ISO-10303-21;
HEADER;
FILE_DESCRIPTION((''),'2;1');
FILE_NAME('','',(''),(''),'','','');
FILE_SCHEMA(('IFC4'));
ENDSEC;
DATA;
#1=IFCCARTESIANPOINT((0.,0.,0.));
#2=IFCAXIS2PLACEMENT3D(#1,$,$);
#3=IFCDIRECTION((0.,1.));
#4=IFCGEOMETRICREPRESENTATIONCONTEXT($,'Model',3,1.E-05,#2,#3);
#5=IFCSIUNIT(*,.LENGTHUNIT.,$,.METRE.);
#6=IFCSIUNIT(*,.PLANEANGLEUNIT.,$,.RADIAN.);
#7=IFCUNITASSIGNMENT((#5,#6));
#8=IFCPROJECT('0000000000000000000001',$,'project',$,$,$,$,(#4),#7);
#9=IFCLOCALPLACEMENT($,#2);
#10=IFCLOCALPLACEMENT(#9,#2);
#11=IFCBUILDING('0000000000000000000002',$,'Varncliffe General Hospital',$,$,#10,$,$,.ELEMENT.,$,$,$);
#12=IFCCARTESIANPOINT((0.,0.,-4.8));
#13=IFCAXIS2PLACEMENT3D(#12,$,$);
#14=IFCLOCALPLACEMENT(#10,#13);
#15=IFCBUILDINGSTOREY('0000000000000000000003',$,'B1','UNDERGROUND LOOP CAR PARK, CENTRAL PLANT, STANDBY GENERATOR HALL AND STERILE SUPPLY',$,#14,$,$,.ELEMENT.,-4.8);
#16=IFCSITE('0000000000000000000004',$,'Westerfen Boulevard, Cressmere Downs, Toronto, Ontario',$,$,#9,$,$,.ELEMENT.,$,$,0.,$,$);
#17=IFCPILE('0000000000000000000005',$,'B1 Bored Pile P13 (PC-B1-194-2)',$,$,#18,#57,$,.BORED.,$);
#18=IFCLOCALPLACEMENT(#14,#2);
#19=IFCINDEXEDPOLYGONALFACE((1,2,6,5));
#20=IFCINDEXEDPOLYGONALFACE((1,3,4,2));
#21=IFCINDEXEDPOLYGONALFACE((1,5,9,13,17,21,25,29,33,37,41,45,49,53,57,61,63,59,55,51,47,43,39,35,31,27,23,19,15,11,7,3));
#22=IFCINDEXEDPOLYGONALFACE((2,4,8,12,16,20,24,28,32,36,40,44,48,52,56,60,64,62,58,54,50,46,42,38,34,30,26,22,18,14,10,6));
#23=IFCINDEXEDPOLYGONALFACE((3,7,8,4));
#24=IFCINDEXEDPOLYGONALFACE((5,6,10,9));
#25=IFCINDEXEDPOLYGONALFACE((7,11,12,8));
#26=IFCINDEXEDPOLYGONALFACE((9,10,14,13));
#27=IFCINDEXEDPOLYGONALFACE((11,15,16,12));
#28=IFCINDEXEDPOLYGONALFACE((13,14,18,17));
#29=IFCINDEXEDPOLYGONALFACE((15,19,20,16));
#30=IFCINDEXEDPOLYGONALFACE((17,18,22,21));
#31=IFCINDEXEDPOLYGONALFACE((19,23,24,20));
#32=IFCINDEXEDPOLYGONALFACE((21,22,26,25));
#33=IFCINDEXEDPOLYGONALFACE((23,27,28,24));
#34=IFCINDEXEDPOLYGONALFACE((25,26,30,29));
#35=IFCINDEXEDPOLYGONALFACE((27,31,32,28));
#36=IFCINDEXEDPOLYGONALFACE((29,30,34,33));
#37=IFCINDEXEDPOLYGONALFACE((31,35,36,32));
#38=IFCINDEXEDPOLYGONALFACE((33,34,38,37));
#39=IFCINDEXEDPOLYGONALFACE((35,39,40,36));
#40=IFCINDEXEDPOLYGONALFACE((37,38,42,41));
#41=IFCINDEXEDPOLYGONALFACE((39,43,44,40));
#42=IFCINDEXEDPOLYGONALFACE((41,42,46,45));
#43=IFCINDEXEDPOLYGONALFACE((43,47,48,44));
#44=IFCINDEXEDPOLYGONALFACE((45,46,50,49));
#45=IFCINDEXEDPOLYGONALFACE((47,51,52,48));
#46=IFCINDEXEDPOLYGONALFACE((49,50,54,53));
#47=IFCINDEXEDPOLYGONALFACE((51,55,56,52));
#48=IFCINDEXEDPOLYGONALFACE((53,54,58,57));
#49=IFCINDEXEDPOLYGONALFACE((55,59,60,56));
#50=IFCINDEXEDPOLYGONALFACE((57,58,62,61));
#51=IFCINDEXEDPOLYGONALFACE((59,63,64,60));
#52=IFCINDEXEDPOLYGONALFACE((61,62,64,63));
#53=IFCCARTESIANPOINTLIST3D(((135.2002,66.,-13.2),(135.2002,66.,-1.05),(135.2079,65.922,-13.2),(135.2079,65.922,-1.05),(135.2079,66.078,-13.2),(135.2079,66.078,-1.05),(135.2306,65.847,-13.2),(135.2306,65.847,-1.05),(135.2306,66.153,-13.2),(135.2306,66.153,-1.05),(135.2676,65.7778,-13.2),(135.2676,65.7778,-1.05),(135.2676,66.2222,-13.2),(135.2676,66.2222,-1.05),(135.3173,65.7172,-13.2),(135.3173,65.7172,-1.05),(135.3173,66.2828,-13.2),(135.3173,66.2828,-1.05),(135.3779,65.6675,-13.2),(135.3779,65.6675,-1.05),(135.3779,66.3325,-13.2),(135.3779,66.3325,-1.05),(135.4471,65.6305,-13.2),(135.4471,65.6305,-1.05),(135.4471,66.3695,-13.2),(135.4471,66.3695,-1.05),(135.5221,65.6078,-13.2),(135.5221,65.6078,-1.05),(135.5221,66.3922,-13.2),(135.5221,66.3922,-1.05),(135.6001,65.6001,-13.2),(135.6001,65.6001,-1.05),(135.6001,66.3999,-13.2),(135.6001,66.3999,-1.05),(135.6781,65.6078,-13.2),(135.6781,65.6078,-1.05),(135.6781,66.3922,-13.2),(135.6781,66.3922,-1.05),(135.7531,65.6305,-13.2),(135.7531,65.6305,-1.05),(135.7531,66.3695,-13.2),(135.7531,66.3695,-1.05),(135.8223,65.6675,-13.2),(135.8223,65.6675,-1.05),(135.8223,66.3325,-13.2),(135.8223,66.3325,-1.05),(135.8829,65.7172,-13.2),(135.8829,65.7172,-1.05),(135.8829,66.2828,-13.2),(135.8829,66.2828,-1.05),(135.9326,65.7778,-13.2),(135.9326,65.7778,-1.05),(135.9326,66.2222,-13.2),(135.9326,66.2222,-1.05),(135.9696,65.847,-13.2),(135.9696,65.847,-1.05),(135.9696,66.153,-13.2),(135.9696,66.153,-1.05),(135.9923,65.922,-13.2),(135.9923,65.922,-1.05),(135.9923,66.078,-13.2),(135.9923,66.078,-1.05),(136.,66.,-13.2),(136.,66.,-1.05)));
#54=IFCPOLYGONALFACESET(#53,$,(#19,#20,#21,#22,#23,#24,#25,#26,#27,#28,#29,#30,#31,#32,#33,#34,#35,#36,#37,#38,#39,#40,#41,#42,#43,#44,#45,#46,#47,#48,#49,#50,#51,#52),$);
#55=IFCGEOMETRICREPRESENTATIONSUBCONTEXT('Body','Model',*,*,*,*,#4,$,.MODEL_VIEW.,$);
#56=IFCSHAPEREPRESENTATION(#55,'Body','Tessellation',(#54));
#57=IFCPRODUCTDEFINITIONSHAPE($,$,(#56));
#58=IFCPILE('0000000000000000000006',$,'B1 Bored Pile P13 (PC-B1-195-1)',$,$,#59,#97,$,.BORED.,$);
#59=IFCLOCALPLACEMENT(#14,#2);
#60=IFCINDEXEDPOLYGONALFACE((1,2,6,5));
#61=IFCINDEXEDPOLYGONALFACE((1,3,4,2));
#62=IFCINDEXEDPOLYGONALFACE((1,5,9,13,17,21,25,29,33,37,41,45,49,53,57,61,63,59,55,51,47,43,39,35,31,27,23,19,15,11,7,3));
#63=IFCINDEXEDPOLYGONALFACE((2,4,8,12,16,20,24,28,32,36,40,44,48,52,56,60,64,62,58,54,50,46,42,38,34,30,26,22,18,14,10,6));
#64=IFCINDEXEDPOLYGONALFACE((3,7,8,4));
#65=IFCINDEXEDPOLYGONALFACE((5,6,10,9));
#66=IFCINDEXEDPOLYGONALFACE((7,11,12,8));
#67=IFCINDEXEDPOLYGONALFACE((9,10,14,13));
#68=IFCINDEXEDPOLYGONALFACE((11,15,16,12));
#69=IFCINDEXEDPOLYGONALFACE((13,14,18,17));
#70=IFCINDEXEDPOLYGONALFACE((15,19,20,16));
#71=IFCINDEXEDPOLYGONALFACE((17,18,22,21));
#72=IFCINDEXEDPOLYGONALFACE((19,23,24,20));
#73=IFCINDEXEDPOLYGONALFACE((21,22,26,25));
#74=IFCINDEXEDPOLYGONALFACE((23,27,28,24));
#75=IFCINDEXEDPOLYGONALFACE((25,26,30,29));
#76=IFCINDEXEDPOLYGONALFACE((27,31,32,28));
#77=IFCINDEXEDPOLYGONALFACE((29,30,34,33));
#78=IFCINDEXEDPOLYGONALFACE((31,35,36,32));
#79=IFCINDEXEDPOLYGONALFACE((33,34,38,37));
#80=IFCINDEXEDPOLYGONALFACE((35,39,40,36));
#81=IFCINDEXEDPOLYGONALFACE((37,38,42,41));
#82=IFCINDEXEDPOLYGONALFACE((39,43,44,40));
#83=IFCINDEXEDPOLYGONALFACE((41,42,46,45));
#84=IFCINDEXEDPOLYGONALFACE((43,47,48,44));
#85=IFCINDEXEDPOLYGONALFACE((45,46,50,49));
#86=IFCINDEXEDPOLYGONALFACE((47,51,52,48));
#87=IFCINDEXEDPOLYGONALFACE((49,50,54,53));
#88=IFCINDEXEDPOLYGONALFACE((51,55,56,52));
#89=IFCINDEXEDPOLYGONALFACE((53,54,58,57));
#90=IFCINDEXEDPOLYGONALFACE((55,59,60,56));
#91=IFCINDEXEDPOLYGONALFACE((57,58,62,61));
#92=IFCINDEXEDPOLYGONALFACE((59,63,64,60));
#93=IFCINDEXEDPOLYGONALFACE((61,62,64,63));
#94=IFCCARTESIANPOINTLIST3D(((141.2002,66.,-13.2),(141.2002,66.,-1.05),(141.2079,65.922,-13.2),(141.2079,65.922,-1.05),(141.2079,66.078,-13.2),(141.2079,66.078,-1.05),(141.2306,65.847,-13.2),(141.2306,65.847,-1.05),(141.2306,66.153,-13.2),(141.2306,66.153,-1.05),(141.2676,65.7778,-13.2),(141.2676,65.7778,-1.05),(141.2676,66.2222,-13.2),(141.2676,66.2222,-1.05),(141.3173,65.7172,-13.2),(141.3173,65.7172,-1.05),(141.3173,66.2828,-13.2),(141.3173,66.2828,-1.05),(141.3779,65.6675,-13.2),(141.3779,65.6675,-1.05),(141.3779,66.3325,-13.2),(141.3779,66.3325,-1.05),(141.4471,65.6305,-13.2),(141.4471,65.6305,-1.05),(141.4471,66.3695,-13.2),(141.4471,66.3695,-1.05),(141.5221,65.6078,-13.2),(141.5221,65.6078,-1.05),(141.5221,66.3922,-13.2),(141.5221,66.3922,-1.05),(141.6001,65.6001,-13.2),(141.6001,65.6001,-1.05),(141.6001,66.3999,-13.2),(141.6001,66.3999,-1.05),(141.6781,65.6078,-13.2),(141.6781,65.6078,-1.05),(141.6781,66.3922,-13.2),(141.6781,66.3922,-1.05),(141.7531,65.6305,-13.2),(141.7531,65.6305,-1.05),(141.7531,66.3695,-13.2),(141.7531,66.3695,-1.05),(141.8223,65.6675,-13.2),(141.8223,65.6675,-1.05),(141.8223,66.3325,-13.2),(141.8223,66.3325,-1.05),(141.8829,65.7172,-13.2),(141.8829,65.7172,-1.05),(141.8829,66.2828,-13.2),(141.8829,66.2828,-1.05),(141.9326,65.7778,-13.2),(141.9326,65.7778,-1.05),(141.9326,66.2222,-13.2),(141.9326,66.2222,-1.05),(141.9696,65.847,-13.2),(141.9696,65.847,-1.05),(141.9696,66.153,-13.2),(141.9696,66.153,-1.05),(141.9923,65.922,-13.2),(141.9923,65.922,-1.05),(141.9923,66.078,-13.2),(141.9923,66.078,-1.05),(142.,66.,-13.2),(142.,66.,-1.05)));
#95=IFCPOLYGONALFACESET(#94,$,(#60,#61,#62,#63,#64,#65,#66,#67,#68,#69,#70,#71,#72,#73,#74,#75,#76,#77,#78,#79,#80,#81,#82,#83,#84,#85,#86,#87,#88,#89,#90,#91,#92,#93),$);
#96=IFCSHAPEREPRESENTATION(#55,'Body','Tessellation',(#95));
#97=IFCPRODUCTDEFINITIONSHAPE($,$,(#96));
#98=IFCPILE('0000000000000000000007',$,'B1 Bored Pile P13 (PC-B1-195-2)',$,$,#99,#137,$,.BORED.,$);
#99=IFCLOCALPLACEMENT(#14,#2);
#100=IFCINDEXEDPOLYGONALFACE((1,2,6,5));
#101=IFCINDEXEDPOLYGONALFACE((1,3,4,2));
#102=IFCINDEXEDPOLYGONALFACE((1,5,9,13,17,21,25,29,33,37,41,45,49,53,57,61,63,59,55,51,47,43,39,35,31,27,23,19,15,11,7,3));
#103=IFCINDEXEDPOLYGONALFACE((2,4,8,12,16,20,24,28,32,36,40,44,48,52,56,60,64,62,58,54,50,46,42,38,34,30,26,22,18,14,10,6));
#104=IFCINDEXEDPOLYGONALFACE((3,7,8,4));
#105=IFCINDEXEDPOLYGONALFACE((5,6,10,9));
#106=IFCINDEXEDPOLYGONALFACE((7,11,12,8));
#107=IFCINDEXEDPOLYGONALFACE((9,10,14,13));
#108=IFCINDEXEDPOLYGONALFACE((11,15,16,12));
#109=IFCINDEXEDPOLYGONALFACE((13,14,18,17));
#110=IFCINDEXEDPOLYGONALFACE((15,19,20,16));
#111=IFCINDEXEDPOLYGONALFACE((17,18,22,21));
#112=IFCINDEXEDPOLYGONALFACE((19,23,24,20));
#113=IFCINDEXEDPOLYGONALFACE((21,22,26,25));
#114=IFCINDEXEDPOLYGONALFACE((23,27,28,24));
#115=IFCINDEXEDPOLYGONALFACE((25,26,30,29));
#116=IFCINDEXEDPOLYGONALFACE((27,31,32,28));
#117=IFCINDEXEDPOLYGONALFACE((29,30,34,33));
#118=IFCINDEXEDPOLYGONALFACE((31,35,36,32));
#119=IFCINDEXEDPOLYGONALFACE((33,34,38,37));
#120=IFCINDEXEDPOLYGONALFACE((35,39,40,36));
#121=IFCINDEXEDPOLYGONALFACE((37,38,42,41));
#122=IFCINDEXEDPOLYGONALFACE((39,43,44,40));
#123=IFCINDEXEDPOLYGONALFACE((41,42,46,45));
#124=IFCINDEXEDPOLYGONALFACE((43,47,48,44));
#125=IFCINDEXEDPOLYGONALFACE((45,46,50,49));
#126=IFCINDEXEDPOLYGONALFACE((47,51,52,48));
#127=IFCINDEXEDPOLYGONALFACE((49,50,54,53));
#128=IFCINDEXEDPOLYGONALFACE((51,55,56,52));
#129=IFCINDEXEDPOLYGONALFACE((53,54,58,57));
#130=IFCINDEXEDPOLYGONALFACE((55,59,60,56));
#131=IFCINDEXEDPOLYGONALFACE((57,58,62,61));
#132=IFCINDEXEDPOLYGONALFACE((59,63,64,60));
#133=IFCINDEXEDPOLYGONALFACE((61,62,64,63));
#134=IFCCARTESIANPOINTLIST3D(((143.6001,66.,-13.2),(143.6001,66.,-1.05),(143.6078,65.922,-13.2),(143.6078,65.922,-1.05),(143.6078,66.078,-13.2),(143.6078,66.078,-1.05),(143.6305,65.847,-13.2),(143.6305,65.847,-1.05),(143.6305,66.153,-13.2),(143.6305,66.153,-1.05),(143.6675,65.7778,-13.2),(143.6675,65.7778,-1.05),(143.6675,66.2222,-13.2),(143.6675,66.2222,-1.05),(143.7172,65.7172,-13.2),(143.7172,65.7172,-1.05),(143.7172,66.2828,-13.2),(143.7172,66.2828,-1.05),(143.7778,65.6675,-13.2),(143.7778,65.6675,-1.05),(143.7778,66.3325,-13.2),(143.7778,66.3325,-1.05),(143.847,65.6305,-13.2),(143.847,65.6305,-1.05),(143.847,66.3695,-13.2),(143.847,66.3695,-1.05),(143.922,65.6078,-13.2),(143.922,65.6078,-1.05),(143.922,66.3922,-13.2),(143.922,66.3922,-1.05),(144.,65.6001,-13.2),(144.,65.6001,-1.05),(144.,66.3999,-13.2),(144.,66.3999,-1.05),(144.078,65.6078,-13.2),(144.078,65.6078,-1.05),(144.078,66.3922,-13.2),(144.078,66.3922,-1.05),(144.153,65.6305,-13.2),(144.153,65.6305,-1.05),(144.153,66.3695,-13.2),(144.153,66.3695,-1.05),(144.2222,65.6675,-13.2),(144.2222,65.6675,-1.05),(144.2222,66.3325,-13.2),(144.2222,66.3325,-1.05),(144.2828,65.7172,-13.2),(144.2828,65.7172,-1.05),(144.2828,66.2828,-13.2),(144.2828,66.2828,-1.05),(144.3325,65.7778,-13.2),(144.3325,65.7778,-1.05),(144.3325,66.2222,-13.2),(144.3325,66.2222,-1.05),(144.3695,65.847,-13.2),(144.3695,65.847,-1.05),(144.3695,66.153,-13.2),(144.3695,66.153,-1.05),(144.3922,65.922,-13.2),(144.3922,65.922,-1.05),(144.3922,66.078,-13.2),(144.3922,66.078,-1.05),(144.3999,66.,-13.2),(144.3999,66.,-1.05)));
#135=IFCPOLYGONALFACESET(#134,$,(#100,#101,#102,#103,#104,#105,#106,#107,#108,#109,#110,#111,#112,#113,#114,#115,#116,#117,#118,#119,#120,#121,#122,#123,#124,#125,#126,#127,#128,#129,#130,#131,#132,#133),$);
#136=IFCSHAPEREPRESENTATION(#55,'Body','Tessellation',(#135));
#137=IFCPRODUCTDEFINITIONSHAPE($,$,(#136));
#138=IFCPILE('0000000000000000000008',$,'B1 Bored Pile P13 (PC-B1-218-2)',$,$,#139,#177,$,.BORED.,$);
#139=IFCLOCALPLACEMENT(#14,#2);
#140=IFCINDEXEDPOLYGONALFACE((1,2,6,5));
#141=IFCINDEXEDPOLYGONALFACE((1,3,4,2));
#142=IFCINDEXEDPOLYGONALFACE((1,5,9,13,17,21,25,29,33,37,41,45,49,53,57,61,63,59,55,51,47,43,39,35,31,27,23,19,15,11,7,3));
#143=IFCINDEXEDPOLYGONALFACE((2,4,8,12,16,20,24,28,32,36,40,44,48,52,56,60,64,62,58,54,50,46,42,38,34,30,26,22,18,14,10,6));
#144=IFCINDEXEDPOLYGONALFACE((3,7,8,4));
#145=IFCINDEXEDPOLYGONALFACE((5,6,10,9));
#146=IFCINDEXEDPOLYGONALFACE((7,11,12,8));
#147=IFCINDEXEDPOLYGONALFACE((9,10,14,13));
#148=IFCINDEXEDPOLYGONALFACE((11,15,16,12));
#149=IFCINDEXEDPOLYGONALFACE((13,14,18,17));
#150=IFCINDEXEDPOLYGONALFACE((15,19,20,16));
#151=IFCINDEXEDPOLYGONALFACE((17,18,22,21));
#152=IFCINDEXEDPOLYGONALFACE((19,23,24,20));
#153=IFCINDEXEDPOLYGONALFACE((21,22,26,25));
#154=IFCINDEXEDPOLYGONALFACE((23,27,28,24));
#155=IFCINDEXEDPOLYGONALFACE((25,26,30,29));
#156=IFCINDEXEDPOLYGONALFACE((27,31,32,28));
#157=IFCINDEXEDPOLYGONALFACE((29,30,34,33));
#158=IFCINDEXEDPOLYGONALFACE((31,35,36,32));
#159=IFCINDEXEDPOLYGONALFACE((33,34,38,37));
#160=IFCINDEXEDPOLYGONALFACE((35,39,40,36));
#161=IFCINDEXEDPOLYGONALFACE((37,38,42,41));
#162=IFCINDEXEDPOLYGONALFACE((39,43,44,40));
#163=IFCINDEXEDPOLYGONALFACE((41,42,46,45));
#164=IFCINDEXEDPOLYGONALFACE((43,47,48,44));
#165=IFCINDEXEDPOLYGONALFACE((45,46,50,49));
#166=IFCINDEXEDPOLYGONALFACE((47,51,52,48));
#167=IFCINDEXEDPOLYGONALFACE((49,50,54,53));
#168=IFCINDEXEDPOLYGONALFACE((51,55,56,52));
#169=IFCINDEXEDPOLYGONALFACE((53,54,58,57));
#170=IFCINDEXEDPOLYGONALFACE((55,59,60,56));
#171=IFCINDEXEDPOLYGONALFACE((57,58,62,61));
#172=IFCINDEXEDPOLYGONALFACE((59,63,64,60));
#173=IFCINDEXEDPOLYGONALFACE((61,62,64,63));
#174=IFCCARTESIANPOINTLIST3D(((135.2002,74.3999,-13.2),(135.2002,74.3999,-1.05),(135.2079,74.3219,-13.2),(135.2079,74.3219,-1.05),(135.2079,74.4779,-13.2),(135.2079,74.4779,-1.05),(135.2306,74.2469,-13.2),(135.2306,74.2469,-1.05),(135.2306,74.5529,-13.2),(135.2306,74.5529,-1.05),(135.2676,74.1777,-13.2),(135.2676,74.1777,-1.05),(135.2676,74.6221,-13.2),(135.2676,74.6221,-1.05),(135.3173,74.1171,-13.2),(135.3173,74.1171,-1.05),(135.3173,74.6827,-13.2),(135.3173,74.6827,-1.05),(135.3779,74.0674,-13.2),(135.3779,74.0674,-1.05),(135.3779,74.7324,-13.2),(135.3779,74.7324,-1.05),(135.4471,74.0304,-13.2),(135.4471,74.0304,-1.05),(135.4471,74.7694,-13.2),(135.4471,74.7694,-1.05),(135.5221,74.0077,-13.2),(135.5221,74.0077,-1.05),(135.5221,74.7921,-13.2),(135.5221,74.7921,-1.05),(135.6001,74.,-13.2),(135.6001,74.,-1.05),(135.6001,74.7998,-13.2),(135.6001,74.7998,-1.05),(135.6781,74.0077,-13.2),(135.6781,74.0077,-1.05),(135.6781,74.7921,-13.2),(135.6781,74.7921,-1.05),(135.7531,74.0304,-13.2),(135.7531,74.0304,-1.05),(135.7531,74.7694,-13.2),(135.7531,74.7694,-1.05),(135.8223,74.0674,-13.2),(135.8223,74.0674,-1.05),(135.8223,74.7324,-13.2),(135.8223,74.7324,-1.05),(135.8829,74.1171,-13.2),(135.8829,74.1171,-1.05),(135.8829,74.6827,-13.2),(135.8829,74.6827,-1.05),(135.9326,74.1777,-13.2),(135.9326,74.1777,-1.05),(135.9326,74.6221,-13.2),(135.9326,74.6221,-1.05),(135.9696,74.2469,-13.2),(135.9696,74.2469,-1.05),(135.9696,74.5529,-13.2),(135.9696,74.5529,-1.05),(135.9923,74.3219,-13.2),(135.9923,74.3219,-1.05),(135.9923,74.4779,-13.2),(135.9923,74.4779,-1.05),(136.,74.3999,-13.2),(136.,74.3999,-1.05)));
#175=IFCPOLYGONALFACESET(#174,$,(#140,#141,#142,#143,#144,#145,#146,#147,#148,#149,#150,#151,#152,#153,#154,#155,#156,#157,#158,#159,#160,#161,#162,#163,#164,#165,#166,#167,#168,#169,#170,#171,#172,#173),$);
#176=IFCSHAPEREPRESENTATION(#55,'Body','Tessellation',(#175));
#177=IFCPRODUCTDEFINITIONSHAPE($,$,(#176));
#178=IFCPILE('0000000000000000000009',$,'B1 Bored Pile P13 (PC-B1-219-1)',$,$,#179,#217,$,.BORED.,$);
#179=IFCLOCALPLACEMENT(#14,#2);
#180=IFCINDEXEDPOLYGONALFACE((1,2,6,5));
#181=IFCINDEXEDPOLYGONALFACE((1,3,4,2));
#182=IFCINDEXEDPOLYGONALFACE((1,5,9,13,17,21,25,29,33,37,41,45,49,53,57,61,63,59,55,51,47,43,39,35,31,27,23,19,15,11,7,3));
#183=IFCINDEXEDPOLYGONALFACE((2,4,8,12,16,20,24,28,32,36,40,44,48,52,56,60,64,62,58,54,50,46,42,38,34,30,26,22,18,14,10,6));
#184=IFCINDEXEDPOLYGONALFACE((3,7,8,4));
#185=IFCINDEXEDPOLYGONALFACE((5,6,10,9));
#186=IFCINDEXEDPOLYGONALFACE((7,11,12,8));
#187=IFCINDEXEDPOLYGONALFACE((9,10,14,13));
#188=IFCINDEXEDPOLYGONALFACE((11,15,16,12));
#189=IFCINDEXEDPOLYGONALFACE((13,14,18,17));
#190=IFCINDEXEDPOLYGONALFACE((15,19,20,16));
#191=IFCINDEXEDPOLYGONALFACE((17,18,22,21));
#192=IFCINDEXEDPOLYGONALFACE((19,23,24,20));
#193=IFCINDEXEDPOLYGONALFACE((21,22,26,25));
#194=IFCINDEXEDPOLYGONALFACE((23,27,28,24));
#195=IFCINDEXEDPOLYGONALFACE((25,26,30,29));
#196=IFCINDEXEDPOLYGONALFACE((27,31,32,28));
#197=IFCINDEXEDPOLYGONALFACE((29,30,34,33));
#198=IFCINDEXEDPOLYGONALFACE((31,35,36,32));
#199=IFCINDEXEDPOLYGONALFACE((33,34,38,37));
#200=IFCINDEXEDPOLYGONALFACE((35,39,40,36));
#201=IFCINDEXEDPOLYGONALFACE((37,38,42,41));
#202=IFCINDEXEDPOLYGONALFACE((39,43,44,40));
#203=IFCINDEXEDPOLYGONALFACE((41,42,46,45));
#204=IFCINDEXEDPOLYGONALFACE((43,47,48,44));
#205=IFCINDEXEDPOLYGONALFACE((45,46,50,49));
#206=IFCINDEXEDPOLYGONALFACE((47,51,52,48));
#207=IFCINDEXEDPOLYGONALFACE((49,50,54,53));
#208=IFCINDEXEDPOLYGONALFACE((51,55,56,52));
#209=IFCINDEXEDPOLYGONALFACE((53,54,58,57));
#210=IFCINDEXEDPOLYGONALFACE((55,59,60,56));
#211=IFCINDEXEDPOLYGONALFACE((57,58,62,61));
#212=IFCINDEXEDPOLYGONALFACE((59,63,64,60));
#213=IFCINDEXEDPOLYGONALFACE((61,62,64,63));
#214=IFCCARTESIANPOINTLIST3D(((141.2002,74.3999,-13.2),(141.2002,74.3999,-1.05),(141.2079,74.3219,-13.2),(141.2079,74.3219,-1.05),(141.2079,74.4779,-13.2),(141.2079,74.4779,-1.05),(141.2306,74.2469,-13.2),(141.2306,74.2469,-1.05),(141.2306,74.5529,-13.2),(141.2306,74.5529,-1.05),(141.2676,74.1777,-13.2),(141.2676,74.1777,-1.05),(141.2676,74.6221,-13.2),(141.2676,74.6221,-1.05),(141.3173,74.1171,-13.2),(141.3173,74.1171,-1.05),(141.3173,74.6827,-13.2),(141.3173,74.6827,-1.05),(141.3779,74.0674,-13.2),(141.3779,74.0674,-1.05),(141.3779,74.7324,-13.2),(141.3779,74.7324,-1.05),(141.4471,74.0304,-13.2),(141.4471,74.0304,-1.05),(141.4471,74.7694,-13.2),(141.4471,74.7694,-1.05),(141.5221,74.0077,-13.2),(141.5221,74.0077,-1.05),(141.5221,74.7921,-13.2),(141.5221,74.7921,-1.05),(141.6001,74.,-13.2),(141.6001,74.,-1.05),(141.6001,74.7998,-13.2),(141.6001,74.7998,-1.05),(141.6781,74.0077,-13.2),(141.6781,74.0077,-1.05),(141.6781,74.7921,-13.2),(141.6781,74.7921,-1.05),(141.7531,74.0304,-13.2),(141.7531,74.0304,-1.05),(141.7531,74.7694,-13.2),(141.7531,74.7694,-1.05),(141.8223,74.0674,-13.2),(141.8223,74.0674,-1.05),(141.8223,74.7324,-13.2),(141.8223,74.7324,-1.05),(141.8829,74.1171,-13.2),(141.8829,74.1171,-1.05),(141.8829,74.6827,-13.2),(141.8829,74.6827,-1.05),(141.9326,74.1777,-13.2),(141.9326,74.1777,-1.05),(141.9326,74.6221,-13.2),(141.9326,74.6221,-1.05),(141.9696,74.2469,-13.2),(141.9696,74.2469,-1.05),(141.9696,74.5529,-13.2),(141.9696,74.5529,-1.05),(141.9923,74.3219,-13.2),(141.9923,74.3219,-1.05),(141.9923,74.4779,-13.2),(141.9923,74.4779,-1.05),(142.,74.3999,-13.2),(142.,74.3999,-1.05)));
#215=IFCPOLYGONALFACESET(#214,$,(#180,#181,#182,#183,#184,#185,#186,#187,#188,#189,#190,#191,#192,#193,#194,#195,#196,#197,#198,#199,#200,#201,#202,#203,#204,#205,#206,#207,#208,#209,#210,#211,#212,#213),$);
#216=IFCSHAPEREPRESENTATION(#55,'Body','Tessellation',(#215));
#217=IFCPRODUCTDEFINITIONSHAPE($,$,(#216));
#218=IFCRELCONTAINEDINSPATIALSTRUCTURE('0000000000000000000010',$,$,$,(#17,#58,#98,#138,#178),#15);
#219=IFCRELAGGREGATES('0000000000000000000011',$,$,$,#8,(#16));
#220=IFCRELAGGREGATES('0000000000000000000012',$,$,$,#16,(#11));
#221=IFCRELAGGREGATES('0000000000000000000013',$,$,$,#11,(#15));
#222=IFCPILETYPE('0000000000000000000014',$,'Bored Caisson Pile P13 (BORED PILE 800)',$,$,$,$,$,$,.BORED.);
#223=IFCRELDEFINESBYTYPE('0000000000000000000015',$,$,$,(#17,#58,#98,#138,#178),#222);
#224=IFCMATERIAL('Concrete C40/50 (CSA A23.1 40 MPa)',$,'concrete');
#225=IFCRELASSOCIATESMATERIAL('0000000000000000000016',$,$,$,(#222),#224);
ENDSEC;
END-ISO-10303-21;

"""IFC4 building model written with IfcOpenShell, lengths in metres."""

from ifc_helpers import new_model, si_unit, direction, frame, origin, origin_2d, place, context, subcontext, project, spatial, circle, extrude, material, material_profile, profile_set, type_object, element, save


model = new_model("IFC4")

# Units and contexts
model_context = context("Model", 3, precision=1e-05, world=origin(), true_north=direction((0.0, 1.0)))
body_context = subcontext(model_context, "Body", "Model", "MODEL_VIEW")
ifc_project = project(units=[si_unit("LENGTHUNIT", "METRE"), si_unit("PLANEANGLEUNIT", "RADIAN")], contexts=[model_context])

# Site, building, storey
site_placement = place(None, origin())
site = spatial("IfcSite", under=ifc_project, at=site_placement, Name="Westerfen Boulevard, Cressmere Downs, Toronto, Ontario", CompositionType="ELEMENT", RefElevation=0.0)
building_placement = place(site_placement, origin())
building = spatial("IfcBuilding", under=site, at=building_placement, Name="Varncliffe General Hospital", CompositionType="ELEMENT")
storey_placement = place(building_placement, frame((0.0, 0.0, -4.8)))
storey = spatial("IfcBuildingStorey", under=building, at=storey_placement, Name="B1", Description="UNDERGROUND LOOP CAR PARK, CENTRAL PLANT, STANDBY GENERATOR HALL AND STERILE SUPPLY", CompositionType="ELEMENT", Elevation=-4.8)

# Piles
ifc_material_1 = material(Name="Concrete C40/50 (CSA A23.1 40 MPa)", Category="concrete")
ifc_material_profile_1 = material_profile(ifc_material_1, circle(Radius=0.3999, at=origin_2d()), Name="BORED PILE 800")
ifc_profile_set_1 = profile_set([ifc_material_profile_1], Name="Concrete C40/50 (CSA A23.1 40 MPa)")
pile_type = type_object("IfcPileType", Name="Bored Caisson Pile P13 (BORED PILE 800)", PredefinedType="BORED", material=ifc_profile_set_1)
for number, where, z_axis, x_axis, name in (
    (1, (135.6001, 66.0, -1.05), (0.0, 0.0, -1.0), (1.0, 0.0, 0.0), "B1 Bored Pile P13 (PC-B1-194-2)"),
    (2, (141.6001, 66.0, -1.05), (0.0, 0.0, -1.0), (1.0, 0.0, 0.0), "B1 Bored Pile P13 (PC-B1-195-1)"),
    (3, (144.0, 66.0, -1.05), (0.0, 0.0, -1.0), (1.0, 0.0, 0.0), "B1 Bored Pile P13 (PC-B1-195-2)"),
    (4, (135.6001, 74.3999, -1.05), (0.0, 0.0, -1.0), (1.0, 0.0, 0.0), "B1 Bored Pile P13 (PC-B1-218-2)"),
    (5, (141.6001, 74.3999, -1.05), (0.0, 0.0, -1.0), (1.0, 0.0, 0.0), "B1 Bored Pile P13 (PC-B1-219-1)"),
):
    element("IfcPile", number, at=place(storey_placement, frame(where, z_axis=z_axis, x_axis=x_axis)), inside=storey, type_object=pile_type, Name=name, PredefinedType="BORED", context=body_context, shape_type="SweptSolid", body=[
        extrude(circle(Radius=0.3999, at=origin_2d()), origin(), (0.0, 0.0, 1.0), 12.1499),
    ])

save(model, "model.ifc")
